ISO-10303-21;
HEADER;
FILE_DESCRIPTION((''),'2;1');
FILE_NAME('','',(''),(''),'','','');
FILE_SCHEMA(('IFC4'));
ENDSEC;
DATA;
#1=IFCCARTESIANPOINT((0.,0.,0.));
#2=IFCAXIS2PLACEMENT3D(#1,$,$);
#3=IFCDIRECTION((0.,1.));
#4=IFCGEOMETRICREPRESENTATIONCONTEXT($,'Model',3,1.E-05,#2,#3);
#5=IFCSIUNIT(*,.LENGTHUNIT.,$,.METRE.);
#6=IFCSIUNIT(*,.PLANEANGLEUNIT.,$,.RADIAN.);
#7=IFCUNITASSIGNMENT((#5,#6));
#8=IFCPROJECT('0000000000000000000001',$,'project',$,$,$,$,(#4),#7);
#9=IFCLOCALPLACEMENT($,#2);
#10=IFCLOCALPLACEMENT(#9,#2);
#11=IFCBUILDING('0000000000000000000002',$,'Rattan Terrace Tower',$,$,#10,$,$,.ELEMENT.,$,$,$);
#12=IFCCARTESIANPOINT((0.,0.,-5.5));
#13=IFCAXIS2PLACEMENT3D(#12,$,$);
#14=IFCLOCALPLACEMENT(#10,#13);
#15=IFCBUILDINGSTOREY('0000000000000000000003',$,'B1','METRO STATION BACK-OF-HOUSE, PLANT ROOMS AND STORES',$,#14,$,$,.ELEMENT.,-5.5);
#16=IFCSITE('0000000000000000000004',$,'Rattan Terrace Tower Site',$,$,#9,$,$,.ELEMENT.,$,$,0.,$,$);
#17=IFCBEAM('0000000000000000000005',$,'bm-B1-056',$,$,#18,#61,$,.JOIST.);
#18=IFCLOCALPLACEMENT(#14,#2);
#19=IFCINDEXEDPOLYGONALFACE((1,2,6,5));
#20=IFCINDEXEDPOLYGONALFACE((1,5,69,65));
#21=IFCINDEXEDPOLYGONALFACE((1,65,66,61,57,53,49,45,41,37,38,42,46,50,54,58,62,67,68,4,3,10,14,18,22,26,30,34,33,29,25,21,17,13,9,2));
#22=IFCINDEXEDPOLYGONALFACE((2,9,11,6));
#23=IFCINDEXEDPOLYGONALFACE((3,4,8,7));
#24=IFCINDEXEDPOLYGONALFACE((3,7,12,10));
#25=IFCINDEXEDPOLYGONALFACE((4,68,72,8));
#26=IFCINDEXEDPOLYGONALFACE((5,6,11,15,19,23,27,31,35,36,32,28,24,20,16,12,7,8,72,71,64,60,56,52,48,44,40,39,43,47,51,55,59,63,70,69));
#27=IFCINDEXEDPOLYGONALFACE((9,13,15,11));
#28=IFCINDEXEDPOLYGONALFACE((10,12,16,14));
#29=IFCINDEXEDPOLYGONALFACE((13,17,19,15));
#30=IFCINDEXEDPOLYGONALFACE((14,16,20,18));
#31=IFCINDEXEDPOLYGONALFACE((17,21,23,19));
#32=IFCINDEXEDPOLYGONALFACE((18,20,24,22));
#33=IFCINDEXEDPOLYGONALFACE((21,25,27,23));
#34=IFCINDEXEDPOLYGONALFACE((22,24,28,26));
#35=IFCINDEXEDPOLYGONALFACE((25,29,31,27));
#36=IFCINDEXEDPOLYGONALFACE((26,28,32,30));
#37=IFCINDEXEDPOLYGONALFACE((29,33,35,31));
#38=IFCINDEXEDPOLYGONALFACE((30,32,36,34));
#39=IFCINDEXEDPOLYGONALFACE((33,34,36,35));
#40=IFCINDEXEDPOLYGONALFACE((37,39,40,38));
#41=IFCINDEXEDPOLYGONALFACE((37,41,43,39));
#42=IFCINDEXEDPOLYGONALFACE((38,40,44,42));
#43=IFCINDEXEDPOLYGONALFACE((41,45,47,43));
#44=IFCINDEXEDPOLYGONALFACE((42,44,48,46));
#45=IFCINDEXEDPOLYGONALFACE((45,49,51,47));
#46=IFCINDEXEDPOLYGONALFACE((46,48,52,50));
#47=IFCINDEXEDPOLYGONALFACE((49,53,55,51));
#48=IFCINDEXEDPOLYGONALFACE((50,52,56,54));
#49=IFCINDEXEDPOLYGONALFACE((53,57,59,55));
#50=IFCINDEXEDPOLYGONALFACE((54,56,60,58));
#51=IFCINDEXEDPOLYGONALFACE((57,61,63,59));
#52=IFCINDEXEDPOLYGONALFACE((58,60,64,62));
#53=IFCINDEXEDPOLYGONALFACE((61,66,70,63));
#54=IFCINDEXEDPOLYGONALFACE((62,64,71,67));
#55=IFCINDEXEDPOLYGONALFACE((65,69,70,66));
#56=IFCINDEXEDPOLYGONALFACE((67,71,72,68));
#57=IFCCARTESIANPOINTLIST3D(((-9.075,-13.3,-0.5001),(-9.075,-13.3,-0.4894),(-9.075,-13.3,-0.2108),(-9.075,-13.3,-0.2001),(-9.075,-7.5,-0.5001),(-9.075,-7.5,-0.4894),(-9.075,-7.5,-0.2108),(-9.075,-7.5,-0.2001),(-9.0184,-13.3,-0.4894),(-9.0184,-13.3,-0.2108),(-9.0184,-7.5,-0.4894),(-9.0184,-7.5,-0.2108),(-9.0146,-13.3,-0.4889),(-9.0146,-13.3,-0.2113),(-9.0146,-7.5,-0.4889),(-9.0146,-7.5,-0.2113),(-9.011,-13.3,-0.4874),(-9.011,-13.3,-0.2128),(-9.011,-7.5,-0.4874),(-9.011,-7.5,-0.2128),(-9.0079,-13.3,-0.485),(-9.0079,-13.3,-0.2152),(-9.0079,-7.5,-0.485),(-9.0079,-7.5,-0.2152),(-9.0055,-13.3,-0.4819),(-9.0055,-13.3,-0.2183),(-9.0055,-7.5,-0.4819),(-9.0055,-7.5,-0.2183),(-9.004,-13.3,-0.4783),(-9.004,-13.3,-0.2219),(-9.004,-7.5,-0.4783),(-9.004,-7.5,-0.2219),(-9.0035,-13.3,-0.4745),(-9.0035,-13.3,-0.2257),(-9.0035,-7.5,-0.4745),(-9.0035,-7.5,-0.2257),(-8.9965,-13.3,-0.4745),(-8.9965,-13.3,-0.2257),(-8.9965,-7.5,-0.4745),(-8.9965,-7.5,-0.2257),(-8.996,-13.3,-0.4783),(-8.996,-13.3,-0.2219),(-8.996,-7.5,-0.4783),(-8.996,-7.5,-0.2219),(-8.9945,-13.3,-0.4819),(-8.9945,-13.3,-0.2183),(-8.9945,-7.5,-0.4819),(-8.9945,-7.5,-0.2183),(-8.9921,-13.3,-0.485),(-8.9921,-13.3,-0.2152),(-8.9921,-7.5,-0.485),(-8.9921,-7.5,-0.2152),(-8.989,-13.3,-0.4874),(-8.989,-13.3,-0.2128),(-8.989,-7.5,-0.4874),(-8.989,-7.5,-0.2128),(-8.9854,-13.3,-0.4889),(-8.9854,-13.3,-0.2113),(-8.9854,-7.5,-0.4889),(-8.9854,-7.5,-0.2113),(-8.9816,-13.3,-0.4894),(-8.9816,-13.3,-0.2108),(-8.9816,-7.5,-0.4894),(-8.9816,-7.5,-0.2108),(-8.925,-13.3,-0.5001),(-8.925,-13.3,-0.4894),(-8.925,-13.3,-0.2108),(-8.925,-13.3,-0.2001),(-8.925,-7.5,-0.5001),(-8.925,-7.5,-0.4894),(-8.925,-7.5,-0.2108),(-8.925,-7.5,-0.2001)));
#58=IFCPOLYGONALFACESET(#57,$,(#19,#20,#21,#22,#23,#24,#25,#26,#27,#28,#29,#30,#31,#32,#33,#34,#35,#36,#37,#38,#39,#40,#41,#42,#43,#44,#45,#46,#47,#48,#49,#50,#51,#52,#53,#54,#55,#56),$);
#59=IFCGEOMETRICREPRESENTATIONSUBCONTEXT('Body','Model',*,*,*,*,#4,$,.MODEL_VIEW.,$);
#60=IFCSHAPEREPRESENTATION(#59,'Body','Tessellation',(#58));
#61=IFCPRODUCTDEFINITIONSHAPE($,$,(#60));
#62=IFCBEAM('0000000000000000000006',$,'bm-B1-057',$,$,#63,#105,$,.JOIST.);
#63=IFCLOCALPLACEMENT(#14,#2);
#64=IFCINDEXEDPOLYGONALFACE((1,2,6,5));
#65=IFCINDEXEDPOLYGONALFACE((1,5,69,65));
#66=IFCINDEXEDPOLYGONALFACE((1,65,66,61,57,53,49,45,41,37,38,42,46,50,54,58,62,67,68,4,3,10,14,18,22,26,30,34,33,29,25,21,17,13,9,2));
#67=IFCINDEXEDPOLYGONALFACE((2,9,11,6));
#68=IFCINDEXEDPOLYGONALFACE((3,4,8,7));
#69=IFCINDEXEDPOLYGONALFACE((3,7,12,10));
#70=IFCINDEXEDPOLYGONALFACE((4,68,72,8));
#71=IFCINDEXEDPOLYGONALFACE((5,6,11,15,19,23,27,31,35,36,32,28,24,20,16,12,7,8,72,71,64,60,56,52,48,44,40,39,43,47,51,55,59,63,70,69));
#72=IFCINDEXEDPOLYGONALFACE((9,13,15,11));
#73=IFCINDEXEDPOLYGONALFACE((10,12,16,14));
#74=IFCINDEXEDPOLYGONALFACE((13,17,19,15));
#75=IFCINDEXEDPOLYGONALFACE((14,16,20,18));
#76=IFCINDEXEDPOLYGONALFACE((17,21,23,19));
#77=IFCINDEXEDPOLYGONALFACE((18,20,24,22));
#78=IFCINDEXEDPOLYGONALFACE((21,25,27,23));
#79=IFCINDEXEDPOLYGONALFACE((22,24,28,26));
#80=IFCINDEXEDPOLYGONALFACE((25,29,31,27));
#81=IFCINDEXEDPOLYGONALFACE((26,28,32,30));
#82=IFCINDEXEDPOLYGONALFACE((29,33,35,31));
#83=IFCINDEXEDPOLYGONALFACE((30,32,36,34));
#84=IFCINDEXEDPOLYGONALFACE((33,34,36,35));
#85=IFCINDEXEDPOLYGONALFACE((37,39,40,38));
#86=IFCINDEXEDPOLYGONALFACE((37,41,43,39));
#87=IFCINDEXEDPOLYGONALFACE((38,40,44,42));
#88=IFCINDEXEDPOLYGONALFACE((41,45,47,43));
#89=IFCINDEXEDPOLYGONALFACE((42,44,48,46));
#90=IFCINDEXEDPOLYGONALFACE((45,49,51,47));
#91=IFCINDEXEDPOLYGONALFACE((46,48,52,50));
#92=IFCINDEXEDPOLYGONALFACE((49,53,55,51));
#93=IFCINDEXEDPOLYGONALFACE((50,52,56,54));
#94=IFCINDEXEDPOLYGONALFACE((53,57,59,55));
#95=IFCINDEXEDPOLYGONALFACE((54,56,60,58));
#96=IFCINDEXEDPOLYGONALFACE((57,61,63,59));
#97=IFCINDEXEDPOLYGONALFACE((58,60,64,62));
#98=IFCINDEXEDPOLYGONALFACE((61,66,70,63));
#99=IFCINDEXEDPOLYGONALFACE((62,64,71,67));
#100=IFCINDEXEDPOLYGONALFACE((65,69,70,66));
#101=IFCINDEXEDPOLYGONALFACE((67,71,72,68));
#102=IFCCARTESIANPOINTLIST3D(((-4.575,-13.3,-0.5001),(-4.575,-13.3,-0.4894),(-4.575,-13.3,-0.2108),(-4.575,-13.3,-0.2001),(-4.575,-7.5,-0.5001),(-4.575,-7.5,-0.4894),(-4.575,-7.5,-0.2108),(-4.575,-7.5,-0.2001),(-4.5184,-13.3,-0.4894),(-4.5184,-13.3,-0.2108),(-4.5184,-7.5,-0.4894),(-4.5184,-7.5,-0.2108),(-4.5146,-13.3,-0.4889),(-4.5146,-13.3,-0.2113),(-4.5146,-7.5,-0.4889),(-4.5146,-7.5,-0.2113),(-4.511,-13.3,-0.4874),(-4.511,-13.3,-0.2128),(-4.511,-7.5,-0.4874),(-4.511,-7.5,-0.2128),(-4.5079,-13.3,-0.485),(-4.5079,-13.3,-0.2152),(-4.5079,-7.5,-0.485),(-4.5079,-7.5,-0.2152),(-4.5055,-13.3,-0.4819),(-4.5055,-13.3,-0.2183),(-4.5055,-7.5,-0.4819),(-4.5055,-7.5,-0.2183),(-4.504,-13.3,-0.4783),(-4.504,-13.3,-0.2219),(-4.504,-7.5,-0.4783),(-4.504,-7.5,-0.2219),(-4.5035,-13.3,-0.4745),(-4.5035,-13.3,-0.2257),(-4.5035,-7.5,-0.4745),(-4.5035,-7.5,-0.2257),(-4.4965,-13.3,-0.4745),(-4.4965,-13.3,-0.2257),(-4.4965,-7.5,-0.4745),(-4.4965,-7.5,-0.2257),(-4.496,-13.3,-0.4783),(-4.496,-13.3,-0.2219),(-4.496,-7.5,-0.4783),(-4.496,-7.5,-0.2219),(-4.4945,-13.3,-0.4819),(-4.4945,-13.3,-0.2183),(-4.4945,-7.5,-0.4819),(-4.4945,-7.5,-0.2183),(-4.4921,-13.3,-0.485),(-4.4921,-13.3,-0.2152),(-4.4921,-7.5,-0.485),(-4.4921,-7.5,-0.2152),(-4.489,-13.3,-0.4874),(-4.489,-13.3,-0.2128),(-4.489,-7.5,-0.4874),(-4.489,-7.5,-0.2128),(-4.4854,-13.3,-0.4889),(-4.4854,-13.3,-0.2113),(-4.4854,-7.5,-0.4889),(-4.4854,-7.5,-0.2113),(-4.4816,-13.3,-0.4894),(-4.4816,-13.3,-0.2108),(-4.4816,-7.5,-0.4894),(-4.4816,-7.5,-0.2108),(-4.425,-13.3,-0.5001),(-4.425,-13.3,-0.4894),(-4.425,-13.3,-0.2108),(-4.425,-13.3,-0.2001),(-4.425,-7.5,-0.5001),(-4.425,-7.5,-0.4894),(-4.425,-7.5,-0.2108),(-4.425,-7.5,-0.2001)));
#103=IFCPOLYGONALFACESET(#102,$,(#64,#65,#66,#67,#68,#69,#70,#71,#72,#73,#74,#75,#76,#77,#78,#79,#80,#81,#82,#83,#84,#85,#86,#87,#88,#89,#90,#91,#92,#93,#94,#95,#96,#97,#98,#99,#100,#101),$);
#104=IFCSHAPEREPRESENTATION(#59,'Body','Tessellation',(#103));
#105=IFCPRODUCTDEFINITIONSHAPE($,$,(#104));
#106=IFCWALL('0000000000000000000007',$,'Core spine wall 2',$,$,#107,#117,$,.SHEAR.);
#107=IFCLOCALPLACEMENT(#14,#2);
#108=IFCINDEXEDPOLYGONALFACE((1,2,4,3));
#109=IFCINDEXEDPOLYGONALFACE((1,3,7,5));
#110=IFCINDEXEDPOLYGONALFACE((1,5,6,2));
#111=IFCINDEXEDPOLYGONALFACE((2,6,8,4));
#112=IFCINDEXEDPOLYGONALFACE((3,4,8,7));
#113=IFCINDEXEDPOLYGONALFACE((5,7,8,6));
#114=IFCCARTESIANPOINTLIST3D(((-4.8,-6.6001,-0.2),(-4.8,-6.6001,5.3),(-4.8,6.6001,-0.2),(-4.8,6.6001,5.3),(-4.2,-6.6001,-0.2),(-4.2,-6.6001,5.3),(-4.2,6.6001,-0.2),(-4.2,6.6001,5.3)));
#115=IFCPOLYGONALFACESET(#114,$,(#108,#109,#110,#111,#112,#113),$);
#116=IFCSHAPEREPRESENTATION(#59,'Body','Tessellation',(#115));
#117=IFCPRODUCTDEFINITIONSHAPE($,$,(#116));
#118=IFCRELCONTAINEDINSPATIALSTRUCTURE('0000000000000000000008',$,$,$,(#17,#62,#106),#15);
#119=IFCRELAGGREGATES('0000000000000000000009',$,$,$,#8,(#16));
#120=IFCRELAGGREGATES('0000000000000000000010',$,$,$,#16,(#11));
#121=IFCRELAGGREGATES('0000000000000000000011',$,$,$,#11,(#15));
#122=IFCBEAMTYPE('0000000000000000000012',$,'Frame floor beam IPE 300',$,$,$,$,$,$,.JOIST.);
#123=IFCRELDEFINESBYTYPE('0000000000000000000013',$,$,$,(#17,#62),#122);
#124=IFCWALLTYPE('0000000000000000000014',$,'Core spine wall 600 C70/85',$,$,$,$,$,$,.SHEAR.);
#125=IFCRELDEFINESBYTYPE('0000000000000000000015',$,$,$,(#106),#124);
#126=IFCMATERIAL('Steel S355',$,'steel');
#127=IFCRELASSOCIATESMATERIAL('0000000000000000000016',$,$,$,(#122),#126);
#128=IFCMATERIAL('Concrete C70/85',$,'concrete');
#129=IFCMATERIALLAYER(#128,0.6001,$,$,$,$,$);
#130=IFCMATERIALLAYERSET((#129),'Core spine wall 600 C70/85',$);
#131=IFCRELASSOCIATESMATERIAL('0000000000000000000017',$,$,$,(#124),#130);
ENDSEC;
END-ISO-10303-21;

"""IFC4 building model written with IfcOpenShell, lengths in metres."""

from ifc_helpers import new_model, si_unit, direction, frame, frame_2d, origin, origin_2d, place, context, subcontext, project, spatial, rectangle, i_section, extrude, material, layer, layer_set, material_profile, profile_set, type_object, element, save


model = new_model("IFC4")

# Units and contexts
model_context = context("Model", 3, precision=1e-05, world=origin(), true_north=direction((0.0, 1.0)))
body_context = subcontext(model_context, "Body", "Model", "MODEL_VIEW")
ifc_project = project(units=[si_unit("LENGTHUNIT", "METRE"), si_unit("PLANEANGLEUNIT", "RADIAN")], contexts=[model_context])

# Site, building, storey
site_placement = place(None, origin())
site = spatial("IfcSite", under=ifc_project, at=site_placement, Name="Rattan Terrace Tower Site", CompositionType="ELEMENT", RefElevation=0.0)
building_placement = place(site_placement, origin())
building = spatial("IfcBuilding", under=site, at=building_placement, Name="Rattan Terrace Tower", CompositionType="ELEMENT")
storey_placement = place(building_placement, frame((0.0, 0.0, -5.5)))
storey = spatial("IfcBuildingStorey", under=building, at=storey_placement, Name="B1", Description="METRO STATION BACK-OF-HOUSE, PLANT ROOMS AND STORES", CompositionType="ELEMENT", Elevation=-5.5)

# Beams
ifc_material_1 = material(Name="Steel S355", Category="steel")
ifc_material_profile = material_profile(ifc_material_1, i_section(OverallWidth=0.1499, OverallDepth=0.3, WebThickness=0.0071, FlangeThickness=0.0107, FilletRadius=0.0149, at=origin_2d()), Name="IPE 300")
ifc_profile_set = profile_set([ifc_material_profile], Name="Steel S355")
beam_type = type_object("IfcBeamType", Name="Frame floor beam IPE 300", PredefinedType="JOIST", material=ifc_profile_set)
for number, where, z_axis, x_axis, name in (
    (1, (-9.0, -13.3, -0.3501), (0.0, 1.0, 0.0), (-1.0, 0.0, 0.0), "bm-B1-056"),
    (2, (-4.5, -13.3, -0.3501), (0.0, 1.0, 0.0), (-1.0, 0.0, 0.0), "bm-B1-057"),
):
    element("IfcBeam", number, at=place(storey_placement, frame(where, z_axis=z_axis, x_axis=x_axis)), inside=storey, type_object=beam_type, Name=name, PredefinedType="JOIST", context=body_context, shape_type="SweptSolid", body=[
        extrude(i_section(OverallWidth=0.1499, OverallDepth=0.3, WebThickness=0.0071, FlangeThickness=0.0107, FilletRadius=0.0149, at=origin_2d()), origin(), (0.0, 0.0, 1.0), 5.8),
    ])

# Wall
ifc_material_2 = material(Name="Concrete C70/85", Category="concrete")
ifc_layer_1 = layer(ifc_material_2, 0.6001)
ifc_layer_set_1 = layer_set([ifc_layer_1], Name="Core spine wall 600 C70/85")
wall_type_1 = type_object("IfcWallType", Name="Core spine wall 600 C70/85", PredefinedType="SHEAR", material=ifc_layer_set_1)
wall_1_placement = place(storey_placement, frame((-4.5, -6.6001, -0.2), z_axis=(0.0, 0.0, 1.0), x_axis=(0.0, 1.0, 0.0)))
element("IfcWall", 3, at=wall_1_placement, inside=storey, type_object=wall_type_1, Name="Core spine wall 2", PredefinedType="SHEAR", context=body_context, shape_type="SweptSolid", body=[
    extrude(rectangle(XDim=13.2002, YDim=0.6001, at=frame_2d((6.6001, 0.0))), origin(), (0.0, 0.0, 1.0), 5.5),
])

save(model, "model.ifc")
